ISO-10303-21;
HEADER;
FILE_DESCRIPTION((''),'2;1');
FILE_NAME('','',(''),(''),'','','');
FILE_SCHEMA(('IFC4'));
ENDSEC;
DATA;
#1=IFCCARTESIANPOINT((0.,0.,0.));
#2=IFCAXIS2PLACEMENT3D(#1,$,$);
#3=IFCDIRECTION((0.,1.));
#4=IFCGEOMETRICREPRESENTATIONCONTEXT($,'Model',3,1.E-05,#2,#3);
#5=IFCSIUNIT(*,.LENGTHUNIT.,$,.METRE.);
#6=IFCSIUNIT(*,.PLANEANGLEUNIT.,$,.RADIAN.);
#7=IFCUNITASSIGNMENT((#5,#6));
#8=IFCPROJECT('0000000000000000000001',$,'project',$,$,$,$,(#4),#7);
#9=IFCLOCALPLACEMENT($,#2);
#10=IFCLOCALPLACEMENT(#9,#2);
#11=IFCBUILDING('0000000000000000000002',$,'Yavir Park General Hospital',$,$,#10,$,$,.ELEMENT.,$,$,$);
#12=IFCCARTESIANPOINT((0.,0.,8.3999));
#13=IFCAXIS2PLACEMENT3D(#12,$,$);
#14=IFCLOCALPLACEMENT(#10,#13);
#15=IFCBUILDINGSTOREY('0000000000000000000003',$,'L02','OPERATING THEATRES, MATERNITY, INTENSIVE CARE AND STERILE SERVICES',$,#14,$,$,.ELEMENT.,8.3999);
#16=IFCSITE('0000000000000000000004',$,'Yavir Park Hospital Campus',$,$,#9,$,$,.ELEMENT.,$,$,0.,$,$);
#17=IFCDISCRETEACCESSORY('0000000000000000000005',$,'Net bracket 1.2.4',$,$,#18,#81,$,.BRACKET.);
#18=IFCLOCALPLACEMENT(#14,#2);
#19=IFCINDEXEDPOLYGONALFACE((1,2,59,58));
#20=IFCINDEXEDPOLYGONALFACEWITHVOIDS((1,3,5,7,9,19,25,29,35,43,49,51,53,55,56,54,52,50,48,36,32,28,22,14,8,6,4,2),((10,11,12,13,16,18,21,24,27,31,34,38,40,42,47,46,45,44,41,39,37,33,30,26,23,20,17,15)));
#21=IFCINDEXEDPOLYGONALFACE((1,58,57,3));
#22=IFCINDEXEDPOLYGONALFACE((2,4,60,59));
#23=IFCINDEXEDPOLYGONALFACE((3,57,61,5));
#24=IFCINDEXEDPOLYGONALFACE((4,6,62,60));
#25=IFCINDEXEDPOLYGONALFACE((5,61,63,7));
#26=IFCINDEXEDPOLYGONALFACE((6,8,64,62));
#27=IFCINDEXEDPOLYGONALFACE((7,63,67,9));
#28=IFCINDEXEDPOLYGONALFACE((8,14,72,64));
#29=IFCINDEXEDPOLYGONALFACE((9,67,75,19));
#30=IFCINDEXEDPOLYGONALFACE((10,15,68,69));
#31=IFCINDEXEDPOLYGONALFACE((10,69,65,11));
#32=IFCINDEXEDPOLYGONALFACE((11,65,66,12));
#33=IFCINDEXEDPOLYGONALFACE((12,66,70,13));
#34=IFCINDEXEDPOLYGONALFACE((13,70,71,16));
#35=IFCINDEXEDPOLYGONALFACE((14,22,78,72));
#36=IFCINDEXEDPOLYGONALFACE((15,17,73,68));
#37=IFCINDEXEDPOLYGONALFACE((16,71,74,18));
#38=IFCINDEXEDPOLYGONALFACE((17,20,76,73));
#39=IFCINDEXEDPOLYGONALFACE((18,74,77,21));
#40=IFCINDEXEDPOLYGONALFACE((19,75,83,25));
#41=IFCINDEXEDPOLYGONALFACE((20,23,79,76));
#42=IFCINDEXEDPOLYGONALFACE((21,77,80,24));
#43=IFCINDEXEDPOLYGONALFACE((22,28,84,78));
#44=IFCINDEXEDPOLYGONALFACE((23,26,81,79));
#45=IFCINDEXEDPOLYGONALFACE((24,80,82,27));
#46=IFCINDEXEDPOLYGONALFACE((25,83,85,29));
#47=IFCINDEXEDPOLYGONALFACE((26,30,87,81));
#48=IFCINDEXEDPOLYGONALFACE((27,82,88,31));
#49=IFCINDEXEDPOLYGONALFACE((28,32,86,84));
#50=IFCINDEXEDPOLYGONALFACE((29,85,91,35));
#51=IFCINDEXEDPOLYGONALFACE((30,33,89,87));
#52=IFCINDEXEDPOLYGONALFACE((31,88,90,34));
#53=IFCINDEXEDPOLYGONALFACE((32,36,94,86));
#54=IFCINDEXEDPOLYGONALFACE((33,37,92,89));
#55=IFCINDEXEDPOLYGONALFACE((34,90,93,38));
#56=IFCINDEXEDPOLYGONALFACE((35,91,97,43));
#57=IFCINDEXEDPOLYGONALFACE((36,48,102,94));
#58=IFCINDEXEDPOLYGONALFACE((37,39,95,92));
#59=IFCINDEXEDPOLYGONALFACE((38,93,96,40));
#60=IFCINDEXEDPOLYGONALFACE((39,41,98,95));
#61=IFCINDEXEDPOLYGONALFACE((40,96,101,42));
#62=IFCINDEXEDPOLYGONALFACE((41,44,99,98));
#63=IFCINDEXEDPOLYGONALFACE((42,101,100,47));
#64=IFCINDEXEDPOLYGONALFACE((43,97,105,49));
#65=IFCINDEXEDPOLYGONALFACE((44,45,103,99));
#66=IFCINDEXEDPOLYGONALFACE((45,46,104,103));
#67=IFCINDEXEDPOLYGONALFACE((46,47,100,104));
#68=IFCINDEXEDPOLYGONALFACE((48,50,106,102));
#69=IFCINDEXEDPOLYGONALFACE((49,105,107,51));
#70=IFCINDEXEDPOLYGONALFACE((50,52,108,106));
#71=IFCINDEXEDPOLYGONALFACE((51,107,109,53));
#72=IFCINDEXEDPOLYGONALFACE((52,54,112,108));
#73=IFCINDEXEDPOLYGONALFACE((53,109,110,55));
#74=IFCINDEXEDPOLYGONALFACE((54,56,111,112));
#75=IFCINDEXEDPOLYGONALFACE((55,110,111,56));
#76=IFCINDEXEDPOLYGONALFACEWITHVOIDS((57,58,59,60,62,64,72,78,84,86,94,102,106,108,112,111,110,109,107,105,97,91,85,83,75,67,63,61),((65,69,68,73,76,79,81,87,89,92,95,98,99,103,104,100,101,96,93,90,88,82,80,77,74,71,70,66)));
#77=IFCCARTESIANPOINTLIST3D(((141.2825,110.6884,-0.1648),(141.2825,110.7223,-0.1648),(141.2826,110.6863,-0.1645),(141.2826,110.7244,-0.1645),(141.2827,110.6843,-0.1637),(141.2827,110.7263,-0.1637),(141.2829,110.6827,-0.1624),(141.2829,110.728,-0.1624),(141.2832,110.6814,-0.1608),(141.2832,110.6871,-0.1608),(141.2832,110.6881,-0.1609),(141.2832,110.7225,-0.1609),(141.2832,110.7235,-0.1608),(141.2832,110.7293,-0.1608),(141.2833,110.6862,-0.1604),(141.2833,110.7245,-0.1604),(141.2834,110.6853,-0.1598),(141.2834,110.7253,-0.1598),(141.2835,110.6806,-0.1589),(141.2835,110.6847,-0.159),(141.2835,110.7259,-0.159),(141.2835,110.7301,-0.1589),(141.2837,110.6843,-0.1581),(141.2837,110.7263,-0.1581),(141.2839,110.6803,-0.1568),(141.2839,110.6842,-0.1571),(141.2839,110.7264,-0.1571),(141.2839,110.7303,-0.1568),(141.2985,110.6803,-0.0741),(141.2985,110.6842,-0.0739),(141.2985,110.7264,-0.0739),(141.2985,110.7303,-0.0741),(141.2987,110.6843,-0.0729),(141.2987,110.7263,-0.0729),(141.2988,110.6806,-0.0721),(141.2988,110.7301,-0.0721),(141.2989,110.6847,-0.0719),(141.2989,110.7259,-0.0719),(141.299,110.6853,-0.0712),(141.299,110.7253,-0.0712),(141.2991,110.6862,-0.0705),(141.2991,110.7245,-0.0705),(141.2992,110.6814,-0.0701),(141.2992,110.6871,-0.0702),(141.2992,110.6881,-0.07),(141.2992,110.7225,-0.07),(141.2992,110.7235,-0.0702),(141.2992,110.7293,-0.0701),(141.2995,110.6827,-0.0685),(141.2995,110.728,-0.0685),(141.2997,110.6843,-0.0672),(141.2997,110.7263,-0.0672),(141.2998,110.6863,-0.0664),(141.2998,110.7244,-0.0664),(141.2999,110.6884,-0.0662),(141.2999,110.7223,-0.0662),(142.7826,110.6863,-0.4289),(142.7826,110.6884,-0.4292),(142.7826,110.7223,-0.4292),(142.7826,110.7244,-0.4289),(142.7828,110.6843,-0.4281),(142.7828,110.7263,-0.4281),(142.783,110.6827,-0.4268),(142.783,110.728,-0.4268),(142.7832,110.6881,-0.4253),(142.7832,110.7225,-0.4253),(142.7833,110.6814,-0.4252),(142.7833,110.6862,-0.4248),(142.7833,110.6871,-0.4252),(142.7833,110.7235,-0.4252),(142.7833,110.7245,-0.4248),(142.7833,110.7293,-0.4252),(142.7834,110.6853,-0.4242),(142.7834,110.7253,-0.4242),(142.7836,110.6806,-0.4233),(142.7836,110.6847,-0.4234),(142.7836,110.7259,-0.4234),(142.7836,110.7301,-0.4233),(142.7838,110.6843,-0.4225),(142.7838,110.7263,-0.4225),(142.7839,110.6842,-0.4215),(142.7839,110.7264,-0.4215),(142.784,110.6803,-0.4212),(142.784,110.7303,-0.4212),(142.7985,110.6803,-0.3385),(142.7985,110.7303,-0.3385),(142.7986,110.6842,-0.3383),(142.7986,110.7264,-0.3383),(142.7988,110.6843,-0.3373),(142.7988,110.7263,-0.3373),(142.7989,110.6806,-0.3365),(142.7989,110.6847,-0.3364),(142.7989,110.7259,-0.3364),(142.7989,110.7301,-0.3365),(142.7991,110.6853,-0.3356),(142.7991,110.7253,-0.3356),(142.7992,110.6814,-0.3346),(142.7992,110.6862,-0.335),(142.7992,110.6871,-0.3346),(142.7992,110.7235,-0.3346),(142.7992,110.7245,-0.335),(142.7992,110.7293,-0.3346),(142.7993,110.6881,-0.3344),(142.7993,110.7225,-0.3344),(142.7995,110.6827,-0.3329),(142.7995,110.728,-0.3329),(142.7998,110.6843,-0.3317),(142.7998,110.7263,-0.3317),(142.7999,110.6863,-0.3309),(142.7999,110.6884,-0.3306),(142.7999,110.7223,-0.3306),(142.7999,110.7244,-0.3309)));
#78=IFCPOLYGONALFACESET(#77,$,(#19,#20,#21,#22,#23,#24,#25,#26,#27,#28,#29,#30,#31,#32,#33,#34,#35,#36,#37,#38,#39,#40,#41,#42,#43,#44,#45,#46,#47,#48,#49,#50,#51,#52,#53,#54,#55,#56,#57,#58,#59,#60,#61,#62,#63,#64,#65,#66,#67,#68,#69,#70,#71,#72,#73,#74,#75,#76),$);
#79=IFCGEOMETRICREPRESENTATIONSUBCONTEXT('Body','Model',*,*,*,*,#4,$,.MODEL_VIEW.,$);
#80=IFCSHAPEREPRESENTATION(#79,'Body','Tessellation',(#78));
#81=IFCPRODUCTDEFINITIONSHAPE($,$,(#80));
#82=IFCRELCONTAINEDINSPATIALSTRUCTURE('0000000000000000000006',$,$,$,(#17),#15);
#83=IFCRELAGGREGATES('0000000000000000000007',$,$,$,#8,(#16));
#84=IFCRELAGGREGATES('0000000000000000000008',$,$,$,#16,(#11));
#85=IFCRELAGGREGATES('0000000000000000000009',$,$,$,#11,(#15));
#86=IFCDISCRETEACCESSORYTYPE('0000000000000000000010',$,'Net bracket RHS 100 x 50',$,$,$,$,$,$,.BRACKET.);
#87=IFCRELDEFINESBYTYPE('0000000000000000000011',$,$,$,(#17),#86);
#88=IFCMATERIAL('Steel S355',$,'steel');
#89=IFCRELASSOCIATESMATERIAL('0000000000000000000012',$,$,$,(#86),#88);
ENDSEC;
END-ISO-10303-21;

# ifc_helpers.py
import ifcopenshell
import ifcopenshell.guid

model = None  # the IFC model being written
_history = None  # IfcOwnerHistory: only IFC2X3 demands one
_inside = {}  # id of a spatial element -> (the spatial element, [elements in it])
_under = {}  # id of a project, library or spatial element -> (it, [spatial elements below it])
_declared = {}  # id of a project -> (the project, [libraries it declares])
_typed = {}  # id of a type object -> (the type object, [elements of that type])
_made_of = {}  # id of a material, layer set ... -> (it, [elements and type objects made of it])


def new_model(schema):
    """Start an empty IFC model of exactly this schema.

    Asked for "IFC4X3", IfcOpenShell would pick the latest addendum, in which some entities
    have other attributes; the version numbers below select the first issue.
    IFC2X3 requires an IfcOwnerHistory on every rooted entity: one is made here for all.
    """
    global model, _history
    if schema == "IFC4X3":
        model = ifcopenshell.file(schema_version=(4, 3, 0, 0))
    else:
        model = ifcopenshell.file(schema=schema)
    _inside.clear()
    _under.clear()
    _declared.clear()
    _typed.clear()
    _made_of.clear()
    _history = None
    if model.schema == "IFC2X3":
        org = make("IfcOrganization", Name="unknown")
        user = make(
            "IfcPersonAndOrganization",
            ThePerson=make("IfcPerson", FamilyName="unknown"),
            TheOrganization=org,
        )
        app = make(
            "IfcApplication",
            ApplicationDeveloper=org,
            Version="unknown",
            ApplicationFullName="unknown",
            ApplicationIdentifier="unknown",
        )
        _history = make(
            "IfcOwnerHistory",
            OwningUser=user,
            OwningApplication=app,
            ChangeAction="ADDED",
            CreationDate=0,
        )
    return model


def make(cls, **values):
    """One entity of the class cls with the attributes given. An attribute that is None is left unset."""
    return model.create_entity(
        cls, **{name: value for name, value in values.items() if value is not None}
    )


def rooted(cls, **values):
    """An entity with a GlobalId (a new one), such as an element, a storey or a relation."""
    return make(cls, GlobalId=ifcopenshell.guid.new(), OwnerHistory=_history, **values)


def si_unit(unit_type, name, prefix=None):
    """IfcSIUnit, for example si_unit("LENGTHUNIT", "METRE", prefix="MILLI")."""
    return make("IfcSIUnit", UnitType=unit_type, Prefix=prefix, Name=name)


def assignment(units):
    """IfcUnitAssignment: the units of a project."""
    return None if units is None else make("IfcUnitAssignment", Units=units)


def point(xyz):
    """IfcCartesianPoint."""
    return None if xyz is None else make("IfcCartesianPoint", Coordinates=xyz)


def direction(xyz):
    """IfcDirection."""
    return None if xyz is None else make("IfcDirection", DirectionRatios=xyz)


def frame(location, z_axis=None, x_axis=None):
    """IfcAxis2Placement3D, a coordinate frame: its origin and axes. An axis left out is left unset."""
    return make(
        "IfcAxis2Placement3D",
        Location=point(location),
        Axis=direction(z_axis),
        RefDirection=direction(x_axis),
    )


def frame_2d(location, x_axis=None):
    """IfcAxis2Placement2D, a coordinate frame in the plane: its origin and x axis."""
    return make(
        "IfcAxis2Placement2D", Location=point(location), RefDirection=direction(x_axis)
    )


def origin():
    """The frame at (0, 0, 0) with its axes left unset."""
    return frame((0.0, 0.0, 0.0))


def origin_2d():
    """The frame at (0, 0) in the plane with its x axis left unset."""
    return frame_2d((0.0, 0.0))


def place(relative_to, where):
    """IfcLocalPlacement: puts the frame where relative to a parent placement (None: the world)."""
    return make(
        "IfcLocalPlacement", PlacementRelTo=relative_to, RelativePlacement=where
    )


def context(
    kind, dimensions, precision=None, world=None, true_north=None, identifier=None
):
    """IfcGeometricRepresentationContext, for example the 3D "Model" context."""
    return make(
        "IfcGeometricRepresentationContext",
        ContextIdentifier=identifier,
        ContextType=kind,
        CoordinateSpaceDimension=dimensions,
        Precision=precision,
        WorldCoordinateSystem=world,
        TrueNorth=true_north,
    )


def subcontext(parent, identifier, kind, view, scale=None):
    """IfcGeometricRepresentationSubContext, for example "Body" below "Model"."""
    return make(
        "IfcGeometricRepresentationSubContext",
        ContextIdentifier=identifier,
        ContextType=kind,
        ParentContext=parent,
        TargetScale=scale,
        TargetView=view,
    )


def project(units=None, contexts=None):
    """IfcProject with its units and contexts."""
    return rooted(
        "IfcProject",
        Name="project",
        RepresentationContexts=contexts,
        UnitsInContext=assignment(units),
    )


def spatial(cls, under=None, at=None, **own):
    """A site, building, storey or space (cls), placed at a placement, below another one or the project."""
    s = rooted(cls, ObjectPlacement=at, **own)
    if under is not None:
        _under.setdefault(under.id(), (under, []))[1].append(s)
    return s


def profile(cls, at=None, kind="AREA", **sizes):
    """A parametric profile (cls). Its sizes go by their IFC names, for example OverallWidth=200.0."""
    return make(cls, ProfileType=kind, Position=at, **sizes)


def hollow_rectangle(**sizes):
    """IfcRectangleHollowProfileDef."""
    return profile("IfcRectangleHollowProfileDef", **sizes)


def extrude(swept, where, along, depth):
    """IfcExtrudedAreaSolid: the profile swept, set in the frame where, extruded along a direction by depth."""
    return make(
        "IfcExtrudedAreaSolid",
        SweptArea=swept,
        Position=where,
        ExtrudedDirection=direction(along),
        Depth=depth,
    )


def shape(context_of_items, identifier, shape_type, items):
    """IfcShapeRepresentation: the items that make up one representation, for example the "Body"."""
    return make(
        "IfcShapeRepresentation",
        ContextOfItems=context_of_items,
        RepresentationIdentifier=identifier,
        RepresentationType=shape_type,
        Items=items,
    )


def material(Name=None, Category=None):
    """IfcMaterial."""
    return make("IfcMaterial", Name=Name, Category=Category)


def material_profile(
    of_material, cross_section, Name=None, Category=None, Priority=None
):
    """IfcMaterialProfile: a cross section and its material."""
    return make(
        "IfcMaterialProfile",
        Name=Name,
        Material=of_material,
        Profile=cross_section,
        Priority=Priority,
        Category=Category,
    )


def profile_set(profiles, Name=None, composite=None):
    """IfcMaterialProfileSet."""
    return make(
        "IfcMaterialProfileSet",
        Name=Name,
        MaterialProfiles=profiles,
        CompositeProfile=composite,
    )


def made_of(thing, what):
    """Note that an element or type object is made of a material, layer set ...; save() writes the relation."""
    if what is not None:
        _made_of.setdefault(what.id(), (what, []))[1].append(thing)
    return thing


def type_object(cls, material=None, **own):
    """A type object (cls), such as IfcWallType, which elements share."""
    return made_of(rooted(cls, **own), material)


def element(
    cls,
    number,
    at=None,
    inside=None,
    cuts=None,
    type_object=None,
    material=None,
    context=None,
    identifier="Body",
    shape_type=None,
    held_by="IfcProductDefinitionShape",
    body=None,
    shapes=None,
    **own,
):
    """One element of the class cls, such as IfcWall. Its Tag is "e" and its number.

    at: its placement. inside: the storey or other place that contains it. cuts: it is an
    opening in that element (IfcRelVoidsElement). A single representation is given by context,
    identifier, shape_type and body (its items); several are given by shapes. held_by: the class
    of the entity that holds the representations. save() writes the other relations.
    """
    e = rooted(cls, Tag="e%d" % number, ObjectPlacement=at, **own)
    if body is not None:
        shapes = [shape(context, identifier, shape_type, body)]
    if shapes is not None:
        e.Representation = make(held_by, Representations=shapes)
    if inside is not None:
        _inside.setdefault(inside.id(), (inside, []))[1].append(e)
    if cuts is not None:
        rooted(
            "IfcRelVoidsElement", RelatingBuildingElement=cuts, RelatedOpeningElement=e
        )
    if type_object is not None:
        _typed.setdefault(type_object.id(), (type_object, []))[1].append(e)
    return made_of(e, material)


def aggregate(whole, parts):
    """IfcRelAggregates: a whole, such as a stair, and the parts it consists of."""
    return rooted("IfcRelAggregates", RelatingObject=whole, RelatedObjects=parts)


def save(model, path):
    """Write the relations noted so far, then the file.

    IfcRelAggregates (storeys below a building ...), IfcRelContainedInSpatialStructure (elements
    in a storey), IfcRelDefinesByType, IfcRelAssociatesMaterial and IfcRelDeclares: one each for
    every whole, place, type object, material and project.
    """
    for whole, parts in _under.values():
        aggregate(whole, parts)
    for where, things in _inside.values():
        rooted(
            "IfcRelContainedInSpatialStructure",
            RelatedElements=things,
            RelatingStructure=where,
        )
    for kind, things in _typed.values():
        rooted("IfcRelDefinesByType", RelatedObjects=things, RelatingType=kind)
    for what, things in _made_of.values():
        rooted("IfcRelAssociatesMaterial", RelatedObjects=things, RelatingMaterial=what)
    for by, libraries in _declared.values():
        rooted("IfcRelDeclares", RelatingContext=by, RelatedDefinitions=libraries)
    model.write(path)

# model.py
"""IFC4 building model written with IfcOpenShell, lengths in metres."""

from ifc_helpers import new_model, si_unit, direction, frame, origin, origin_2d, place, context, subcontext, project, spatial, hollow_rectangle, extrude, material, material_profile, profile_set, type_object, element, save


model = new_model("IFC4")

# Units and contexts
model_context = context("Model", 3, precision=1e-05, world=origin(), true_north=direction((0.0, 1.0)))
body_context = subcontext(model_context, "Body", "Model", "MODEL_VIEW")
ifc_project = project(units=[si_unit("LENGTHUNIT", "METRE"), si_unit("PLANEANGLEUNIT", "RADIAN")], contexts=[model_context])

# Site, building, storey
site_placement = place(None, origin())
site = spatial("IfcSite", under=ifc_project, at=site_placement, Name="Yavir Park Hospital Campus", CompositionType="ELEMENT", RefElevation=0.0)
building_placement = place(site_placement, origin())
building = spatial("IfcBuilding", under=site, at=building_placement, Name="Yavir Park General Hospital", CompositionType="ELEMENT")
storey_placement = place(building_placement, frame((0.0, 0.0, 8.3999)))
storey = spatial("IfcBuildingStorey", under=building, at=storey_placement, Name="L02", Description="OPERATING THEATRES, MATERNITY, INTENSIVE CARE AND STERILE SERVICES", CompositionType="ELEMENT", Elevation=8.3999)

# Discrete accessory
ifc_material_1 = material(Name="Steel S355", Category="steel")
ifc_material_profile_1 = material_profile(ifc_material_1, hollow_rectangle(XDim=0.05, YDim=0.1001, WallThickness=0.0039, InnerFilletRadius=0.0039, OuterFilletRadius=0.0081, at=origin_2d()), Name="RHS100x50x4")
ifc_profile_set_1 = profile_set([ifc_material_profile_1], Name="Steel S355")
discrete_accessory_type = type_object("IfcDiscreteAccessoryType", Name="Net bracket RHS 100 x 50", PredefinedType="BRACKET", material=ifc_profile_set_1)
for number, where, z_axis, x_axis, name in (
    (1, (142.7913, 110.7053, -0.3799), (-0.984817, 0.0, 0.173593), (0.0, -1.0, 0.0), "Net bracket 1.2.4"),
):
    element("IfcDiscreteAccessory", number, at=place(storey_placement, frame(where, z_axis=z_axis, x_axis=x_axis)), inside=storey, type_object=discrete_accessory_type, Name=name, PredefinedType="BRACKET", context=body_context, shape_type="SweptSolid", body=[
        extrude(hollow_rectangle(XDim=0.05, YDim=0.1001, WallThickness=0.0039, InnerFilletRadius=0.0039, OuterFilletRadius=0.0081, at=origin_2d()), origin(), (0.0, 0.0, 1.0), 1.5232),
    ])

save(model, "model.ifc")
